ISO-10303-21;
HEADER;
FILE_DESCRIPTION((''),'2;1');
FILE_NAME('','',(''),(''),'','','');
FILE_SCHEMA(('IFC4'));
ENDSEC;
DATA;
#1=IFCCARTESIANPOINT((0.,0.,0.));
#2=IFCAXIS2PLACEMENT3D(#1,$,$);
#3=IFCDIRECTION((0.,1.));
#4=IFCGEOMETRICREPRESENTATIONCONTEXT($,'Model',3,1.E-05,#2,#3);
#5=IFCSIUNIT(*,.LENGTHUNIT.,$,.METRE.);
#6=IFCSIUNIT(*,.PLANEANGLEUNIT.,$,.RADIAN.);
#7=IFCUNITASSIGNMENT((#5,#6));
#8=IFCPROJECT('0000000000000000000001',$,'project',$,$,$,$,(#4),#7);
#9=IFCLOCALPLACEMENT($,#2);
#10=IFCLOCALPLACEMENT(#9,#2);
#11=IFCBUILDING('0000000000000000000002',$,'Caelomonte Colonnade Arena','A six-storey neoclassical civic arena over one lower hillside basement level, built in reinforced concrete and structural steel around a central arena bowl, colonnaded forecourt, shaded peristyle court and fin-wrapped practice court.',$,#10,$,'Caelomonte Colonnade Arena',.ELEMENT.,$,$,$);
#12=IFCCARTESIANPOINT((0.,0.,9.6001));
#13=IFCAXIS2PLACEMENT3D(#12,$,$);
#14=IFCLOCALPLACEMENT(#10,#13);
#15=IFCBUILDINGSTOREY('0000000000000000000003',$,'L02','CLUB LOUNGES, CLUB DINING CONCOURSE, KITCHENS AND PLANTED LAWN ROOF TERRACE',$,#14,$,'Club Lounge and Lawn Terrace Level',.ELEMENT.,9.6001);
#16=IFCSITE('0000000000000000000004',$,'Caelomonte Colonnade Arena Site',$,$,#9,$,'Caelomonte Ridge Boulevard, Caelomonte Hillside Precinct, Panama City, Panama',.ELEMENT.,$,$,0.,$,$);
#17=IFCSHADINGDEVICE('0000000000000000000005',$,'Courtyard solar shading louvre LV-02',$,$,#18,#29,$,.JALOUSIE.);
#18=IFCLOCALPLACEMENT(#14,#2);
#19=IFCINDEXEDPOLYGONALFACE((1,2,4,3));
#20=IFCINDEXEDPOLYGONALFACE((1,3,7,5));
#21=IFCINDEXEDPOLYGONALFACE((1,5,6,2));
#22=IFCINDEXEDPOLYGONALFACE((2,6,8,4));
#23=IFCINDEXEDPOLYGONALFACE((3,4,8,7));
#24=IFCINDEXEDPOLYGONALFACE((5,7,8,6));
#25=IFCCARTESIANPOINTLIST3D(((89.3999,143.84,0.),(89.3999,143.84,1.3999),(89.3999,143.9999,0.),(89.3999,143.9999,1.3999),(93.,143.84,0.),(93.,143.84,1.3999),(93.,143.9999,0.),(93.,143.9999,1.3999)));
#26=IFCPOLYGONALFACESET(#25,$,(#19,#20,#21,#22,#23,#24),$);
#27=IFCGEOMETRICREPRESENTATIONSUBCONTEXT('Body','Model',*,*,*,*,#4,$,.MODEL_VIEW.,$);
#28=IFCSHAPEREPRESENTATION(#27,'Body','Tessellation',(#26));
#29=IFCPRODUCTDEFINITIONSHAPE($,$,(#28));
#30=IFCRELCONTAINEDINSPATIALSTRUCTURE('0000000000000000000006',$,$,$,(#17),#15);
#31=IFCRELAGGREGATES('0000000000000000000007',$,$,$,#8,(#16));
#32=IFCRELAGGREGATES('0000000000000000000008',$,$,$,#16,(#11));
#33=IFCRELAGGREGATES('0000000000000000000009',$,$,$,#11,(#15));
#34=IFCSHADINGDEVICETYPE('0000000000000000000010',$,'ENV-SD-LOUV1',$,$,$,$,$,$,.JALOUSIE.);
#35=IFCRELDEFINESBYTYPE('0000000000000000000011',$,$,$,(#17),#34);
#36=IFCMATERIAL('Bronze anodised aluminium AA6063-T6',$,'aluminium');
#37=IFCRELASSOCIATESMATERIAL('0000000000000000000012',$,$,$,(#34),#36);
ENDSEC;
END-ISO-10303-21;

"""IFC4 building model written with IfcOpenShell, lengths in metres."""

from ifc_helpers import new_model, si_unit, direction, frame, origin, origin_2d, place, context, subcontext, project, spatial, rectangle, extrude, material, type_object, element, save


model = new_model("IFC4")

# Units and contexts
model_context = context("Model", 3, precision=1e-05, world=origin(), true_north=direction((0.0, 1.0)))
body_context = subcontext(model_context, "Body", "Model", "MODEL_VIEW")
ifc_project = project(units=[si_unit("LENGTHUNIT", "METRE"), si_unit("PLANEANGLEUNIT", "RADIAN")], contexts=[model_context])

# Site, building, storey
site_placement = place(None, origin())
site = spatial("IfcSite", under=ifc_project, at=site_placement, Name="Caelomonte Colonnade Arena Site", LongName="Caelomonte Ridge Boulevard, Caelomonte Hillside Precinct, Panama City, Panama", CompositionType="ELEMENT", RefElevation=0.0)
building_placement = place(site_placement, origin())
building = spatial("IfcBuilding", under=site, at=building_placement, Name="Caelomonte Colonnade Arena", Description="A six-storey neoclassical civic arena over one lower hillside basement level, built in reinforced concrete and structural steel around a central arena bowl, colonnaded forecourt, shaded peristyle court and fin-wrapped practice court.", LongName="Caelomonte Colonnade Arena", CompositionType="ELEMENT")
storey_placement = place(building_placement, frame((0.0, 0.0, 9.6001)))
storey = spatial("IfcBuildingStorey", under=building, at=storey_placement, Name="L02", Description="CLUB LOUNGES, CLUB DINING CONCOURSE, KITCHENS AND PLANTED LAWN ROOF TERRACE", LongName="Club Lounge and Lawn Terrace Level", CompositionType="ELEMENT", Elevation=9.6001)

# Shared definitions
ifc_material_1 = material(Name="Bronze anodised aluminium AA6063-T6", Category="aluminium")

# Shading device
shading_device_type = type_object("IfcShadingDeviceType", Name="ENV-SD-LOUV1", PredefinedType="JALOUSIE", material=ifc_material_1)
shading_device_placement = place(storey_placement, frame((91.2, 143.9199, 0.0), z_axis=(0.0, 0.0, 1.0), x_axis=(1.0, 0.0, 0.0)))
element("IfcShadingDevice", 1, at=shading_device_placement, inside=storey, type_object=shading_device_type, Name="Courtyard solar shading louvre LV-02", PredefinedType="JALOUSIE", context=body_context, shape_type="SweptSolid", body=[
    extrude(rectangle(XDim=3.6001, YDim=0.1599, at=origin_2d()), origin(), (0.0, 0.0, 1.0), 1.3999),
])

save(model, "model.ifc")
